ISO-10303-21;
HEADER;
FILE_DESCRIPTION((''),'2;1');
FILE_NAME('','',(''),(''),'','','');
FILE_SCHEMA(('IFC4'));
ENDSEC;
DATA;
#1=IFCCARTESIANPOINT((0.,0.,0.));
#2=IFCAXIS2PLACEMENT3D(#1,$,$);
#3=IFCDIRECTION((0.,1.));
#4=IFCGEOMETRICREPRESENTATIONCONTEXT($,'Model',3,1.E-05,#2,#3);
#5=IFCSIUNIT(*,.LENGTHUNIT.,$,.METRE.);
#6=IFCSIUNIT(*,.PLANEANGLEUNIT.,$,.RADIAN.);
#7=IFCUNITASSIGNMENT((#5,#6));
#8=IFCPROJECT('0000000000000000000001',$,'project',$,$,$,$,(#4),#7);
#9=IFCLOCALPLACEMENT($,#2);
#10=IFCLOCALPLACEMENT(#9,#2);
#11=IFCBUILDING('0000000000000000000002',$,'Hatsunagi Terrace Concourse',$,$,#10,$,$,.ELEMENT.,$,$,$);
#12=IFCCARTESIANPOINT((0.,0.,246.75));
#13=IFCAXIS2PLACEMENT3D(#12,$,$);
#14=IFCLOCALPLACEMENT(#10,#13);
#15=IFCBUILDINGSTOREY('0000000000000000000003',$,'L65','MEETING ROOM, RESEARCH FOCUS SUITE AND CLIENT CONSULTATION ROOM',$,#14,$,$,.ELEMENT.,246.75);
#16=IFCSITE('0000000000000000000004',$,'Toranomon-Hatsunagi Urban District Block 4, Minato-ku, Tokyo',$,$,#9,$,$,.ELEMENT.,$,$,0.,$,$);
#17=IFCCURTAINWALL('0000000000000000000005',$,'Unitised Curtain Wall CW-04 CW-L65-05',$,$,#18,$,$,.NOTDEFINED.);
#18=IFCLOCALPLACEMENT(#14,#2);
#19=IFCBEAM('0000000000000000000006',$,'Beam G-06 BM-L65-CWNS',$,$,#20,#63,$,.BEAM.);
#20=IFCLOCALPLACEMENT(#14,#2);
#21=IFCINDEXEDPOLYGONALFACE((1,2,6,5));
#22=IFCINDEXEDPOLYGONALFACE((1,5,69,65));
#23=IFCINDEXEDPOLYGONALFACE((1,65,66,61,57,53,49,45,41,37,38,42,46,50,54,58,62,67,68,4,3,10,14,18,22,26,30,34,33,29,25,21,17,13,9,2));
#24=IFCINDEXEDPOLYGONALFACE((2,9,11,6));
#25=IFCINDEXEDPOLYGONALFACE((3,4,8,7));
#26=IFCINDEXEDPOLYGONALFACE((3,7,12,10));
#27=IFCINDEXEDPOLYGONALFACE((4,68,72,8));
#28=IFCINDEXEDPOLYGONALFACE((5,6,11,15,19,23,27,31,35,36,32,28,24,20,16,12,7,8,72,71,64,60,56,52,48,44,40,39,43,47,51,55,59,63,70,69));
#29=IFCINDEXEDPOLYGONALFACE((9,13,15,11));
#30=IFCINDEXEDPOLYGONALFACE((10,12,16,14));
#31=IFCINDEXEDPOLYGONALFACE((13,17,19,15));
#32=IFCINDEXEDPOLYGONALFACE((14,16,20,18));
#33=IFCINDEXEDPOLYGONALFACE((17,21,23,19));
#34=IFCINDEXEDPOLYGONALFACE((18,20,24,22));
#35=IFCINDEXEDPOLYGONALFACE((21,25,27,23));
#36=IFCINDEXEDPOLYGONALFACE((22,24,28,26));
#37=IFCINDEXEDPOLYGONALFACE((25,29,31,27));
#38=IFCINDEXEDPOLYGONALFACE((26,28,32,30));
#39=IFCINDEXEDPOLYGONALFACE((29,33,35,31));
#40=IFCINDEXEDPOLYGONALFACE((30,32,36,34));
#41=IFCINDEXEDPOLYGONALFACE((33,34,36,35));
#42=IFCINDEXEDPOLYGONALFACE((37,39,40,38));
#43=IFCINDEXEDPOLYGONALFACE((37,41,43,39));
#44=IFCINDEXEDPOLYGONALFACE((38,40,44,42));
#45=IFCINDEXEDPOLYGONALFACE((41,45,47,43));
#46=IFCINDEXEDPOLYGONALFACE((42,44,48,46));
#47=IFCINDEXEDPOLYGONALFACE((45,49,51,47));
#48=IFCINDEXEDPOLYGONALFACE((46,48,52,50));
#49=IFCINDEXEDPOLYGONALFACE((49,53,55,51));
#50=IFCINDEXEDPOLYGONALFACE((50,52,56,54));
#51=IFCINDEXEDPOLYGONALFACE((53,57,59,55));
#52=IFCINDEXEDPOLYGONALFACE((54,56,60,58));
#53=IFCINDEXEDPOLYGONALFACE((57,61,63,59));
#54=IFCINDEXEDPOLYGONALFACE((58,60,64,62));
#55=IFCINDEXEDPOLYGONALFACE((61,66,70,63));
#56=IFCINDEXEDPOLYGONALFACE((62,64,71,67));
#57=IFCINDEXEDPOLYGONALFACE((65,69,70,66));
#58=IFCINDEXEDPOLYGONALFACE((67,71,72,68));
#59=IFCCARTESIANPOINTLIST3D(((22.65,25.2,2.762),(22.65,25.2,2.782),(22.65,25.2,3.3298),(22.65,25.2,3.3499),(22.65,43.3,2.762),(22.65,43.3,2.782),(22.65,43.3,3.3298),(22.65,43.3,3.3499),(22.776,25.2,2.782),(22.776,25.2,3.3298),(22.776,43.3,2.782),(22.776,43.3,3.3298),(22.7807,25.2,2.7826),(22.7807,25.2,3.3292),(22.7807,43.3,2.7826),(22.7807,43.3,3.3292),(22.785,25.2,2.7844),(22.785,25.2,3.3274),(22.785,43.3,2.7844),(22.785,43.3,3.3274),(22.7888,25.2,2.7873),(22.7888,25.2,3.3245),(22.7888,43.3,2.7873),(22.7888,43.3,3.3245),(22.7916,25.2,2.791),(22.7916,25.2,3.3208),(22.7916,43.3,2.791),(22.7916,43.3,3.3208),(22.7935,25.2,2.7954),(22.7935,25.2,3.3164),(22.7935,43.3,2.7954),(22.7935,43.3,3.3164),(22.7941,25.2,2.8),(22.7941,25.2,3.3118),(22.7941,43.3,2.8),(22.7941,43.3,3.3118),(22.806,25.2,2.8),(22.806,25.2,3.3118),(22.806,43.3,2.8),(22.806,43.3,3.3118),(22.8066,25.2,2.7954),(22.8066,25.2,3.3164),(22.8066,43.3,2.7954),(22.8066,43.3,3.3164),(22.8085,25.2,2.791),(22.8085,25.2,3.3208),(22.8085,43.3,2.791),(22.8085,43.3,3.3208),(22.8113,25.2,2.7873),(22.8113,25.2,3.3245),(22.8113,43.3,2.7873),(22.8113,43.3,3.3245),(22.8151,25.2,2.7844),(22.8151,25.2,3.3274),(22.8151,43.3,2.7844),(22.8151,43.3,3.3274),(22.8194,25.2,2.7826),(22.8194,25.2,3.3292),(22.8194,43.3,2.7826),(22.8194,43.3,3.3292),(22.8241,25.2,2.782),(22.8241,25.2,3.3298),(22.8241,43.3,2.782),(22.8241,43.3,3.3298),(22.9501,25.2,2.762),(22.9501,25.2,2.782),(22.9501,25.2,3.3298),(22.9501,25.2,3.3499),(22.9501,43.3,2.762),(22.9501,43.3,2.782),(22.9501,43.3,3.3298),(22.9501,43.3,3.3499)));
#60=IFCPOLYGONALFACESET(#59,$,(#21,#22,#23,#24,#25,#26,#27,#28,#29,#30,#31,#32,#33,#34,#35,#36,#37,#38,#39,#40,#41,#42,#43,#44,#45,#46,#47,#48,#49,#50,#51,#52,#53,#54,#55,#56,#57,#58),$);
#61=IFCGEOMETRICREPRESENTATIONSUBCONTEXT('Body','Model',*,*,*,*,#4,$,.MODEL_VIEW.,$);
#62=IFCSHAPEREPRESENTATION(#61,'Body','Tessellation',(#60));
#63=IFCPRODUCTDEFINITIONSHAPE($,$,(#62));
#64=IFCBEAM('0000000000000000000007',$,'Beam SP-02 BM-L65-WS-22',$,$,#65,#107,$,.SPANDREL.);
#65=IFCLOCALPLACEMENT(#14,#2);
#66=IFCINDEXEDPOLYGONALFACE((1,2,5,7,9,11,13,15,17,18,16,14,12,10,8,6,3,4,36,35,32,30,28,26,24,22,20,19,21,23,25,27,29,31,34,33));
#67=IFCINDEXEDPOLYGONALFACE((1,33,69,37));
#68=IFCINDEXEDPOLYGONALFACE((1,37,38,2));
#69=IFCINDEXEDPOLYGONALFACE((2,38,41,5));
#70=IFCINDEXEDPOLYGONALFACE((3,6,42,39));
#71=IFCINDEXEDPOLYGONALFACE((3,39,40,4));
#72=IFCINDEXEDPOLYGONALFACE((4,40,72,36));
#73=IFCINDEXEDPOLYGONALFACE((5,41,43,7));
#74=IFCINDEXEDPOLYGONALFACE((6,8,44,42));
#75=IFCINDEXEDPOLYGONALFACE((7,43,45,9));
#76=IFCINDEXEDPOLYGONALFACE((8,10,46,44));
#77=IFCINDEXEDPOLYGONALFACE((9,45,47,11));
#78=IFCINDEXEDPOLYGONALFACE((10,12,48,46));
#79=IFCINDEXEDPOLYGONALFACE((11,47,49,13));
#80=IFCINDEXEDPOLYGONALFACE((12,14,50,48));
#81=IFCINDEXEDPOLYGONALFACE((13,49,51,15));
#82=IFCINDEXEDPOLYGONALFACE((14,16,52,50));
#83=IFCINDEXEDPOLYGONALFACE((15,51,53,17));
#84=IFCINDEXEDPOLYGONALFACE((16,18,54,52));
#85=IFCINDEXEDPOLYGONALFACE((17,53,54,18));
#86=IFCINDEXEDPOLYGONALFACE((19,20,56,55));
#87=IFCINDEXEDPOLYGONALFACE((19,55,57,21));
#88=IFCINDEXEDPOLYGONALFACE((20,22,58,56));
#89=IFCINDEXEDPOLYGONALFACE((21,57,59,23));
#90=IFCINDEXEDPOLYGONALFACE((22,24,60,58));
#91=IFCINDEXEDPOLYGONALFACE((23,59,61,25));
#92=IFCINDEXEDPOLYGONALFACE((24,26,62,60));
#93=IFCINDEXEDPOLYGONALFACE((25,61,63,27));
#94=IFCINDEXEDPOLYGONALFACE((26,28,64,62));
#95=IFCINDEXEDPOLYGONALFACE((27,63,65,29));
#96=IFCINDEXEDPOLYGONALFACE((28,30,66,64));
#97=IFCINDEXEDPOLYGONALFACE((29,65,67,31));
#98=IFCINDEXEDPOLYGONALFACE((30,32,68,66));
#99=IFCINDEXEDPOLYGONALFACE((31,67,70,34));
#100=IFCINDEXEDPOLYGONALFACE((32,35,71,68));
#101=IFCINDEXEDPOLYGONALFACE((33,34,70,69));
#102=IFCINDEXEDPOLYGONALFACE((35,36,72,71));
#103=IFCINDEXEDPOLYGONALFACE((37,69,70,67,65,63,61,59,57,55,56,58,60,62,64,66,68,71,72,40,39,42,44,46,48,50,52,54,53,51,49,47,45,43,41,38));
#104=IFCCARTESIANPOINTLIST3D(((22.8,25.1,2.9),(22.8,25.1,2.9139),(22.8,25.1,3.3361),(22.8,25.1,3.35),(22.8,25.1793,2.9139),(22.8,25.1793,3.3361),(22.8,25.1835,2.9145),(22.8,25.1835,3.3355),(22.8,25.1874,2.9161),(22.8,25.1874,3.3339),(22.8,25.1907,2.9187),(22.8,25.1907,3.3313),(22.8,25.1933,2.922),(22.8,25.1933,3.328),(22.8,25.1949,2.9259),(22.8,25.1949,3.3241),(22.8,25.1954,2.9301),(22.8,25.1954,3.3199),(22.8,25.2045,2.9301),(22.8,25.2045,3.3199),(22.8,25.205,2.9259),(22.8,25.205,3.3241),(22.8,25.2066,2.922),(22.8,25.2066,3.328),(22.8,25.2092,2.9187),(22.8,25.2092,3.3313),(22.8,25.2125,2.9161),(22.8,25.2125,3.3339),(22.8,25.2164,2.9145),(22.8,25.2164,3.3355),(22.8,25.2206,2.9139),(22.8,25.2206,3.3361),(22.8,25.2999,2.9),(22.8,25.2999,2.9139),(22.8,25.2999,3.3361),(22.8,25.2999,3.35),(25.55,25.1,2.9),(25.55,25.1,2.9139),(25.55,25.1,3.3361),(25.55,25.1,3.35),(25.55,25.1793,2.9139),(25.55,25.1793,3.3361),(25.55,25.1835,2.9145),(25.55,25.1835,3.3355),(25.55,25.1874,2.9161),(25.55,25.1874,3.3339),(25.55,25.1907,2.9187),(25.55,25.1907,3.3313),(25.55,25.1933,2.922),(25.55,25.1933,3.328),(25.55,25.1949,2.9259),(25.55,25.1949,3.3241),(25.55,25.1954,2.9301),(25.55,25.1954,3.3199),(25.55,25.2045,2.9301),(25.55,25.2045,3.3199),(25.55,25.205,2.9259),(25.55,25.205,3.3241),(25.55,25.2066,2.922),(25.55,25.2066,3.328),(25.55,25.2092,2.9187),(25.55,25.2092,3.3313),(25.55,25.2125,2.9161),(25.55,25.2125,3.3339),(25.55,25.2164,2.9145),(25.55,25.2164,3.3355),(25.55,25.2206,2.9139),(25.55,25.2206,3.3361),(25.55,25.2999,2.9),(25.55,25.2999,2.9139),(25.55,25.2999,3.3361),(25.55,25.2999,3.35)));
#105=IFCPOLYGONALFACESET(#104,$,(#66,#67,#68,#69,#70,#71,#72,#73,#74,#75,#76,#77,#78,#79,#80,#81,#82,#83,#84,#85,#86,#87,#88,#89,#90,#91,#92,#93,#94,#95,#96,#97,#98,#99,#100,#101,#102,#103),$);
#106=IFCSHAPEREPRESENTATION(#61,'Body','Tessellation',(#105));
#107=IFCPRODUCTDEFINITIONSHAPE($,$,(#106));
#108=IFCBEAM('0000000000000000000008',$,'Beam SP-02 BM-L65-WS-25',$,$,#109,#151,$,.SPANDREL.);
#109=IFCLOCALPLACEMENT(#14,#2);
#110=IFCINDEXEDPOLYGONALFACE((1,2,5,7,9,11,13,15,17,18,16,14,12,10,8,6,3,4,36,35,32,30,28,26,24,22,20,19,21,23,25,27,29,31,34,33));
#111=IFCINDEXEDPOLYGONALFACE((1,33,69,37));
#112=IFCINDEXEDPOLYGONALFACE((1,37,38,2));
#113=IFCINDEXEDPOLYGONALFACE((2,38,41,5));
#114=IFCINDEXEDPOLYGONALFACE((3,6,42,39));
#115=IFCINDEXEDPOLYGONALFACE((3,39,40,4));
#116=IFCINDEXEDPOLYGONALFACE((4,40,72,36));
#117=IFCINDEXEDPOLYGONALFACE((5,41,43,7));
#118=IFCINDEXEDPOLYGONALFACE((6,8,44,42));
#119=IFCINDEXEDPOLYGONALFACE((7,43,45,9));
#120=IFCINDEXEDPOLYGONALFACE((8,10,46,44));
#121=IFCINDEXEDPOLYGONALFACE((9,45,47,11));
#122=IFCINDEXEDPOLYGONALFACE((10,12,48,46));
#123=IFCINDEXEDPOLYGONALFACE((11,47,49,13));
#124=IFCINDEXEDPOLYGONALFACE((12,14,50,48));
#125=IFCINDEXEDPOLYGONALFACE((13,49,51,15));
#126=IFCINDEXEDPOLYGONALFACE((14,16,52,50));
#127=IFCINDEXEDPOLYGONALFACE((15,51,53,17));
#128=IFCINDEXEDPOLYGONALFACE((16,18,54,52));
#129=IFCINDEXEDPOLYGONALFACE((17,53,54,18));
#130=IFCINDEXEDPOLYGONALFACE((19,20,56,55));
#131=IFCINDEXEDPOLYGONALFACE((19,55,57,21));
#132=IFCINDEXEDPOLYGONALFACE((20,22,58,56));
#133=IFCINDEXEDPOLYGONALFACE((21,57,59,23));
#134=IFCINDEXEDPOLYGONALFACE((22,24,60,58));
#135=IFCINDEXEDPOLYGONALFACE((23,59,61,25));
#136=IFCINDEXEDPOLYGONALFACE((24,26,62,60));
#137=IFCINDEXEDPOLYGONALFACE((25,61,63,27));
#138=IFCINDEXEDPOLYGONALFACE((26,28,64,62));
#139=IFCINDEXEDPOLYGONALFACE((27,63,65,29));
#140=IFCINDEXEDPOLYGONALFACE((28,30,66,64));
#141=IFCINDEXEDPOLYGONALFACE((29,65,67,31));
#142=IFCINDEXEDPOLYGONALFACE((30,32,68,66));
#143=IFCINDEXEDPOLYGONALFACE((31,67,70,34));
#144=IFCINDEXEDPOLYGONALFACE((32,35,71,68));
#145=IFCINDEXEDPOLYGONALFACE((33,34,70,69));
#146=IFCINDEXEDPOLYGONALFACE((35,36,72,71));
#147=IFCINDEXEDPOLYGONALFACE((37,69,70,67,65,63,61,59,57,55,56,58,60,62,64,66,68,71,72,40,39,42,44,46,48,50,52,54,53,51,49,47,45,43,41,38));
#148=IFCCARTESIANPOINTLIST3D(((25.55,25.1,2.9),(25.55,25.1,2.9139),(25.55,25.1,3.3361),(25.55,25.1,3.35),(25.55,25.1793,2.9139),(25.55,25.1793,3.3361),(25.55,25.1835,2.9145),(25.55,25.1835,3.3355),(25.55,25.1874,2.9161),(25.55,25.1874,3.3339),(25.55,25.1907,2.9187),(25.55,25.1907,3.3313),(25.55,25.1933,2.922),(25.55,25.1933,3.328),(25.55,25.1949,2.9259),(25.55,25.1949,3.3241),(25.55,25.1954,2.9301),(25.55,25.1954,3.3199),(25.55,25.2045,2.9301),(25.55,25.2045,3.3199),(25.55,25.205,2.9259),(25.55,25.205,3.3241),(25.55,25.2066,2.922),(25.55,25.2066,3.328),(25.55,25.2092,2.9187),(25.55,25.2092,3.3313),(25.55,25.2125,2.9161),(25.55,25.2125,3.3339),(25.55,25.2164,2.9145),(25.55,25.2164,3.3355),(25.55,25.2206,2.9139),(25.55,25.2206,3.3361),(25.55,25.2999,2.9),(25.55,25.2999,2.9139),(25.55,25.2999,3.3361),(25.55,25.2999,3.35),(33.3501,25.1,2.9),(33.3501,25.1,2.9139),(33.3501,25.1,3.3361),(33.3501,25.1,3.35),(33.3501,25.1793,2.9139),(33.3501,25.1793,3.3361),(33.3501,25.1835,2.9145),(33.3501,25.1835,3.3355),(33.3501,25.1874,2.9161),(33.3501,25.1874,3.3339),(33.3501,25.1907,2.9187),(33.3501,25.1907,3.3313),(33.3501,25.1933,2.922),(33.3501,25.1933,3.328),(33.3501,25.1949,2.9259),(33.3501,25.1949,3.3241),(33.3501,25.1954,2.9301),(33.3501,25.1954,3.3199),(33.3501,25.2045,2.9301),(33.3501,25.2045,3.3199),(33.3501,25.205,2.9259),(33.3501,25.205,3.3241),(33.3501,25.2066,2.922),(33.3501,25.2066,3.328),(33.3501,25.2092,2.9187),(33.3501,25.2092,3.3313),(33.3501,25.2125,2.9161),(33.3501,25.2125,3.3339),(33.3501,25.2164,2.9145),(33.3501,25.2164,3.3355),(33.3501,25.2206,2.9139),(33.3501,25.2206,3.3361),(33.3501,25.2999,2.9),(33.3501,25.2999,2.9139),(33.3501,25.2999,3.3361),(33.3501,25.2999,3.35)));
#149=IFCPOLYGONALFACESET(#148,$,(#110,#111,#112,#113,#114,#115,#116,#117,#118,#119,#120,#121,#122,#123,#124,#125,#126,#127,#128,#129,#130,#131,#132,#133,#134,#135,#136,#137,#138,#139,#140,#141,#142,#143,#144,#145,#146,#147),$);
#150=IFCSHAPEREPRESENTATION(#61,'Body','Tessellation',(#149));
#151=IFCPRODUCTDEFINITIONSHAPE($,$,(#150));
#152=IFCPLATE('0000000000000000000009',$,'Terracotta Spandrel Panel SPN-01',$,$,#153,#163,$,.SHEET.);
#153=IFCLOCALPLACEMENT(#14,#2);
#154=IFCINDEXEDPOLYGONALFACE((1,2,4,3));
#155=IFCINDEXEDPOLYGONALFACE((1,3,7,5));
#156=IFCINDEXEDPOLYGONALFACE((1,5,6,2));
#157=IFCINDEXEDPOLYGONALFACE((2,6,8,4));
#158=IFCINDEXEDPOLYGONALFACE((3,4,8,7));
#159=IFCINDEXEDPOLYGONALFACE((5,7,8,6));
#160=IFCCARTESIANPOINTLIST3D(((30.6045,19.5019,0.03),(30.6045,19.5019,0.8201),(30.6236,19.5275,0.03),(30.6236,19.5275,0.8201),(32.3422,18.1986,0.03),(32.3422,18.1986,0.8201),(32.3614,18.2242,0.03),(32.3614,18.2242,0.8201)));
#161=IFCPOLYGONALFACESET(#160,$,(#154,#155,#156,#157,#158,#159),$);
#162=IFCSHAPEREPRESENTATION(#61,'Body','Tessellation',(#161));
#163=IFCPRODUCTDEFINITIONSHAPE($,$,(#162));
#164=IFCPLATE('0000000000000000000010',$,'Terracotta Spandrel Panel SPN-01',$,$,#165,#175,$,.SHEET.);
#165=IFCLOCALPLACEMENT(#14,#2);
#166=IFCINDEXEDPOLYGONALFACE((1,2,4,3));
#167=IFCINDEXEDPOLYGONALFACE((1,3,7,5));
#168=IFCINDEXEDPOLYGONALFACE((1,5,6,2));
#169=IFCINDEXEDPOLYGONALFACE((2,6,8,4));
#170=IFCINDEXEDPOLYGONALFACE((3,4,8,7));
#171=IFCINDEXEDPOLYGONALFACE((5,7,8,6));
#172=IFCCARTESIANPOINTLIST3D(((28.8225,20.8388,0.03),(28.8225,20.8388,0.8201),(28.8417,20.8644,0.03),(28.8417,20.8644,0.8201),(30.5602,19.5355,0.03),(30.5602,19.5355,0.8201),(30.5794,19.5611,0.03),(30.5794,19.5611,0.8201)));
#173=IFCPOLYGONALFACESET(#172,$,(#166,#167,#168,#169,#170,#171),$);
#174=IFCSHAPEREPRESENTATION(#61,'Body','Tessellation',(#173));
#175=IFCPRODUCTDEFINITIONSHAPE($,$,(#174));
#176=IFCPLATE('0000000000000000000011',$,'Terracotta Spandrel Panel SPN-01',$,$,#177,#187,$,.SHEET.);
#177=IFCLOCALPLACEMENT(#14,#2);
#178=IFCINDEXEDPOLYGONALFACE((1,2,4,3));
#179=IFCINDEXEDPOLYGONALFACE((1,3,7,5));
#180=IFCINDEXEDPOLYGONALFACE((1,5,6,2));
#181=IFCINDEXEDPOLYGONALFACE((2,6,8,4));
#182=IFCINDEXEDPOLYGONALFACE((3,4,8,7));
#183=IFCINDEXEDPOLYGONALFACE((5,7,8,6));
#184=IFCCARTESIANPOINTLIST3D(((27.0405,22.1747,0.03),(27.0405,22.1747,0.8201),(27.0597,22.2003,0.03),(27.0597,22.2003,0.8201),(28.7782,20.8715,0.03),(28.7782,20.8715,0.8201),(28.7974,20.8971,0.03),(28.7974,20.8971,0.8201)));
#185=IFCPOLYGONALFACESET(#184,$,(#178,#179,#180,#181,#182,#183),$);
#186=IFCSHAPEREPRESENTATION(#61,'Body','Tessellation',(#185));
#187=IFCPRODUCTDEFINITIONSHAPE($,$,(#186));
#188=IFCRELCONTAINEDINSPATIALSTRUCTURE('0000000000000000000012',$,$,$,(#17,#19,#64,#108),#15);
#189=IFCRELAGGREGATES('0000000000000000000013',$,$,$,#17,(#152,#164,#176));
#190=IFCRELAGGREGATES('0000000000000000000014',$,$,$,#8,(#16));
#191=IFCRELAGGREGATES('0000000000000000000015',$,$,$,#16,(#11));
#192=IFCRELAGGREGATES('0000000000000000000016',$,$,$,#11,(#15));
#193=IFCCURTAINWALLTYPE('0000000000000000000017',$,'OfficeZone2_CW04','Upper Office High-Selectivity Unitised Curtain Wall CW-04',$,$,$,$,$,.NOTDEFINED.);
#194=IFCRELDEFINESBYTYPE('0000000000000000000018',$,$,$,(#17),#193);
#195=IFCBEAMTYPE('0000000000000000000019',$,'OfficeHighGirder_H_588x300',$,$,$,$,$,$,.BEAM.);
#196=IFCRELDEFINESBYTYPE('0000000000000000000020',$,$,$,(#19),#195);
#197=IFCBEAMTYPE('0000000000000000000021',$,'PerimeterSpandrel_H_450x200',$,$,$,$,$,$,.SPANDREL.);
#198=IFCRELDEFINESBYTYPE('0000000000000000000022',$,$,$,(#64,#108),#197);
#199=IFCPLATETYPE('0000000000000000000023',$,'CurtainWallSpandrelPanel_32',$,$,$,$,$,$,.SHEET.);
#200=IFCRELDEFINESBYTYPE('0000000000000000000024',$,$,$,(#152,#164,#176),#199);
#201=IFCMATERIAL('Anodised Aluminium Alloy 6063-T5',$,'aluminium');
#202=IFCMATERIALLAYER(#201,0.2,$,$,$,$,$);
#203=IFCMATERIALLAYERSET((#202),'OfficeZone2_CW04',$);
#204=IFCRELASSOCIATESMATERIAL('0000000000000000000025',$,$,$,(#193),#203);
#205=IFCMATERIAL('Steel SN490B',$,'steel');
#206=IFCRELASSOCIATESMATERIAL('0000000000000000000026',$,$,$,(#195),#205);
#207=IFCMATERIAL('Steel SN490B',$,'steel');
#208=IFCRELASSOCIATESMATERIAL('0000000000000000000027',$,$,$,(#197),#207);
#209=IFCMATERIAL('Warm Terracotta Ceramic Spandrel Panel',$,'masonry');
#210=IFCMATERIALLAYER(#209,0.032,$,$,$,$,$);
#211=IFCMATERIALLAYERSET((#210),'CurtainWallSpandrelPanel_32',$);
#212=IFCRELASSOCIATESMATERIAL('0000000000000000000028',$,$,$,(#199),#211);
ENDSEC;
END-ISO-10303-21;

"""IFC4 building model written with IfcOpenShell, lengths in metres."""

from ifc_helpers import new_model, si_unit, direction, frame, origin, origin_2d, place, context, subcontext, project, spatial, rectangle, i_section, extrude, material, layer, layer_set, material_profile, profile_set, type_object, element, aggregate, save


model = new_model("IFC4")

# Units and contexts
model_context = context("Model", 3, precision=1e-05, world=origin(), true_north=direction((0.0, 1.0)))
body_context = subcontext(model_context, "Body", "Model", "MODEL_VIEW")
ifc_project = project(units=[si_unit("LENGTHUNIT", "METRE"), si_unit("PLANEANGLEUNIT", "RADIAN")], contexts=[model_context])

# Site, building, storey
site_placement = place(None, origin())
site = spatial("IfcSite", under=ifc_project, at=site_placement, Name="Toranomon-Hatsunagi Urban District Block 4, Minato-ku, Tokyo", CompositionType="ELEMENT", RefElevation=0.0)
building_placement = place(site_placement, origin())
building = spatial("IfcBuilding", under=site, at=building_placement, Name="Hatsunagi Terrace Concourse", CompositionType="ELEMENT")
storey_placement = place(building_placement, frame((0.0, 0.0, 246.75)))
storey = spatial("IfcBuildingStorey", under=building, at=storey_placement, Name="L65", Description="MEETING ROOM, RESEARCH FOCUS SUITE AND CLIENT CONSULTATION ROOM", CompositionType="ELEMENT", Elevation=246.75)

# Curtain wall
ifc_material_1 = material(Name="Anodised Aluminium Alloy 6063-T5", Category="aluminium")
ifc_layer_1 = layer(ifc_material_1, 0.2)
ifc_layer_set_1 = layer_set([ifc_layer_1], Name="OfficeZone2_CW04")
curtain_wall_type = type_object("IfcCurtainWallType", Name="OfficeZone2_CW04", Description="Upper Office High-Selectivity Unitised Curtain Wall CW-04", PredefinedType="NOTDEFINED", material=ifc_layer_set_1)
curtain_wall_placement = place(storey_placement, origin())
curtain_wall = element("IfcCurtainWall", 1, at=curtain_wall_placement, inside=storey, type_object=curtain_wall_type, Name="Unitised Curtain Wall CW-04 CW-L65-05", PredefinedType="NOTDEFINED")

# Beams
ifc_material_2 = material(Name="Steel SN490B", Category="steel")
ifc_material_profile_1 = material_profile(ifc_material_2, i_section(OverallWidth=0.3, OverallDepth=0.5879, WebThickness=0.012, FlangeThickness=0.02, FilletRadius=0.0181, at=origin_2d()), Name="H-588x300x12x20")
ifc_profile_set_1 = profile_set([ifc_material_profile_1], Name="Steel SN490B")
beam_type_1 = type_object("IfcBeamType", Name="OfficeHighGirder_H_588x300", PredefinedType="BEAM", material=ifc_profile_set_1)
beam_1_placement = place(storey_placement, frame((22.8, 25.2, 3.0559), z_axis=(0.0, 1.0, 0.0), x_axis=(-1.0, 0.0, 0.0)))
element("IfcBeam", 2, at=beam_1_placement, inside=storey, type_object=beam_type_1, Name="Beam G-06 BM-L65-CWNS", PredefinedType="BEAM", context=body_context, shape_type="SweptSolid", body=[
    extrude(i_section(OverallWidth=0.3, OverallDepth=0.5879, WebThickness=0.012, FlangeThickness=0.02, FilletRadius=0.0181, at=origin_2d()), origin(), (0.0, 0.0, 1.0), 18.1001),
])
ifc_material_3 = material(Name="Steel SN490B", Category="steel")
ifc_material_profile_2 = material_profile(ifc_material_3, i_section(OverallWidth=0.2, OverallDepth=0.45, WebThickness=0.009, FlangeThickness=0.0139, FilletRadius=0.0161, at=origin_2d()), Name="H-450x200x9x14")
ifc_profile_set_2 = profile_set([ifc_material_profile_2], Name="Steel SN490B")
beam_type_2 = type_object("IfcBeamType", Name="PerimeterSpandrel_H_450x200", PredefinedType="SPANDREL", material=ifc_profile_set_2)
beam_2_placement = place(storey_placement, frame((22.8, 25.2, 3.125), z_axis=(1.0, 0.0, 0.0), x_axis=(0.0, 1.0, 0.0)))
element("IfcBeam", 3, at=beam_2_placement, inside=storey, type_object=beam_type_2, Name="Beam SP-02 BM-L65-WS-22", PredefinedType="SPANDREL", context=body_context, shape_type="SweptSolid", body=[
    extrude(i_section(OverallWidth=0.2, OverallDepth=0.45, WebThickness=0.009, FlangeThickness=0.0139, FilletRadius=0.0161, at=origin_2d()), origin(), (0.0, 0.0, 1.0), 2.75),
])
beam_3_placement = place(storey_placement, frame((25.55, 25.2, 3.125), z_axis=(1.0, 0.0, 0.0), x_axis=(0.0, 1.0, 0.0)))
element("IfcBeam", 4, at=beam_3_placement, inside=storey, type_object=beam_type_2, Name="Beam SP-02 BM-L65-WS-25", PredefinedType="SPANDREL", context=body_context, shape_type="SweptSolid", body=[
    extrude(i_section(OverallWidth=0.2, OverallDepth=0.45, WebThickness=0.009, FlangeThickness=0.0139, FilletRadius=0.0161, at=origin_2d()), origin(), (0.0, 0.0, 1.0), 7.8),
])

# Plates
ifc_material_4 = material(Name="Warm Terracotta Ceramic Spandrel Panel", Category="masonry")
ifc_layer_2 = layer(ifc_material_4, 0.032)
ifc_layer_set_2 = layer_set([ifc_layer_2], Name="CurtainWallSpandrelPanel_32")
plate_type_1 = type_object("IfcPlateType", Name="CurtainWallSpandrelPanel_32", PredefinedType="SHEET", material=ifc_layer_set_2)
plate_1_placement = place(storey_placement, frame((31.4829, 18.863, 0.03), z_axis=(0.0, 0.0, 1.0), x_axis=(-0.800007, 0.59999, 0.0)))
plate_1 = element("IfcPlate", 5, at=plate_1_placement, type_object=plate_type_1, Name="Terracotta Spandrel Panel SPN-01", PredefinedType="SHEET", context=body_context, shape_type="SweptSolid", body=[
    extrude(rectangle(XDim=2.1721, YDim=0.032, at=origin_2d()), origin(), (0.0, 0.0, 1.0), 0.79),
])
plate_2_placement = place(storey_placement, frame((29.7009, 20.2, 0.03), z_axis=(0.0, 0.0, 1.0), x_axis=(-0.800007, 0.59999, 0.0)))
plate_2 = element("IfcPlate", 6, at=plate_2_placement, type_object=plate_type_1, Name="Terracotta Spandrel Panel SPN-01", PredefinedType="SHEET", context=body_context, shape_type="SweptSolid", body=[
    extrude(rectangle(XDim=2.1721, YDim=0.032, at=origin_2d()), origin(), (0.0, 0.0, 1.0), 0.79),
])
plate_3_placement = place(storey_placement, frame((27.9189, 21.5359, 0.03), z_axis=(0.0, 0.0, 1.0), x_axis=(-0.800007, 0.59999, 0.0)))
plate_3 = element("IfcPlate", 7, at=plate_3_placement, type_object=plate_type_1, Name="Terracotta Spandrel Panel SPN-01", PredefinedType="SHEET", context=body_context, shape_type="SweptSolid", body=[
    extrude(rectangle(XDim=2.1721, YDim=0.032, at=origin_2d()), origin(), (0.0, 0.0, 1.0), 0.79),
])
aggregate(curtain_wall, [plate_1, plate_2, plate_3])

save(model, "model.ifc")
